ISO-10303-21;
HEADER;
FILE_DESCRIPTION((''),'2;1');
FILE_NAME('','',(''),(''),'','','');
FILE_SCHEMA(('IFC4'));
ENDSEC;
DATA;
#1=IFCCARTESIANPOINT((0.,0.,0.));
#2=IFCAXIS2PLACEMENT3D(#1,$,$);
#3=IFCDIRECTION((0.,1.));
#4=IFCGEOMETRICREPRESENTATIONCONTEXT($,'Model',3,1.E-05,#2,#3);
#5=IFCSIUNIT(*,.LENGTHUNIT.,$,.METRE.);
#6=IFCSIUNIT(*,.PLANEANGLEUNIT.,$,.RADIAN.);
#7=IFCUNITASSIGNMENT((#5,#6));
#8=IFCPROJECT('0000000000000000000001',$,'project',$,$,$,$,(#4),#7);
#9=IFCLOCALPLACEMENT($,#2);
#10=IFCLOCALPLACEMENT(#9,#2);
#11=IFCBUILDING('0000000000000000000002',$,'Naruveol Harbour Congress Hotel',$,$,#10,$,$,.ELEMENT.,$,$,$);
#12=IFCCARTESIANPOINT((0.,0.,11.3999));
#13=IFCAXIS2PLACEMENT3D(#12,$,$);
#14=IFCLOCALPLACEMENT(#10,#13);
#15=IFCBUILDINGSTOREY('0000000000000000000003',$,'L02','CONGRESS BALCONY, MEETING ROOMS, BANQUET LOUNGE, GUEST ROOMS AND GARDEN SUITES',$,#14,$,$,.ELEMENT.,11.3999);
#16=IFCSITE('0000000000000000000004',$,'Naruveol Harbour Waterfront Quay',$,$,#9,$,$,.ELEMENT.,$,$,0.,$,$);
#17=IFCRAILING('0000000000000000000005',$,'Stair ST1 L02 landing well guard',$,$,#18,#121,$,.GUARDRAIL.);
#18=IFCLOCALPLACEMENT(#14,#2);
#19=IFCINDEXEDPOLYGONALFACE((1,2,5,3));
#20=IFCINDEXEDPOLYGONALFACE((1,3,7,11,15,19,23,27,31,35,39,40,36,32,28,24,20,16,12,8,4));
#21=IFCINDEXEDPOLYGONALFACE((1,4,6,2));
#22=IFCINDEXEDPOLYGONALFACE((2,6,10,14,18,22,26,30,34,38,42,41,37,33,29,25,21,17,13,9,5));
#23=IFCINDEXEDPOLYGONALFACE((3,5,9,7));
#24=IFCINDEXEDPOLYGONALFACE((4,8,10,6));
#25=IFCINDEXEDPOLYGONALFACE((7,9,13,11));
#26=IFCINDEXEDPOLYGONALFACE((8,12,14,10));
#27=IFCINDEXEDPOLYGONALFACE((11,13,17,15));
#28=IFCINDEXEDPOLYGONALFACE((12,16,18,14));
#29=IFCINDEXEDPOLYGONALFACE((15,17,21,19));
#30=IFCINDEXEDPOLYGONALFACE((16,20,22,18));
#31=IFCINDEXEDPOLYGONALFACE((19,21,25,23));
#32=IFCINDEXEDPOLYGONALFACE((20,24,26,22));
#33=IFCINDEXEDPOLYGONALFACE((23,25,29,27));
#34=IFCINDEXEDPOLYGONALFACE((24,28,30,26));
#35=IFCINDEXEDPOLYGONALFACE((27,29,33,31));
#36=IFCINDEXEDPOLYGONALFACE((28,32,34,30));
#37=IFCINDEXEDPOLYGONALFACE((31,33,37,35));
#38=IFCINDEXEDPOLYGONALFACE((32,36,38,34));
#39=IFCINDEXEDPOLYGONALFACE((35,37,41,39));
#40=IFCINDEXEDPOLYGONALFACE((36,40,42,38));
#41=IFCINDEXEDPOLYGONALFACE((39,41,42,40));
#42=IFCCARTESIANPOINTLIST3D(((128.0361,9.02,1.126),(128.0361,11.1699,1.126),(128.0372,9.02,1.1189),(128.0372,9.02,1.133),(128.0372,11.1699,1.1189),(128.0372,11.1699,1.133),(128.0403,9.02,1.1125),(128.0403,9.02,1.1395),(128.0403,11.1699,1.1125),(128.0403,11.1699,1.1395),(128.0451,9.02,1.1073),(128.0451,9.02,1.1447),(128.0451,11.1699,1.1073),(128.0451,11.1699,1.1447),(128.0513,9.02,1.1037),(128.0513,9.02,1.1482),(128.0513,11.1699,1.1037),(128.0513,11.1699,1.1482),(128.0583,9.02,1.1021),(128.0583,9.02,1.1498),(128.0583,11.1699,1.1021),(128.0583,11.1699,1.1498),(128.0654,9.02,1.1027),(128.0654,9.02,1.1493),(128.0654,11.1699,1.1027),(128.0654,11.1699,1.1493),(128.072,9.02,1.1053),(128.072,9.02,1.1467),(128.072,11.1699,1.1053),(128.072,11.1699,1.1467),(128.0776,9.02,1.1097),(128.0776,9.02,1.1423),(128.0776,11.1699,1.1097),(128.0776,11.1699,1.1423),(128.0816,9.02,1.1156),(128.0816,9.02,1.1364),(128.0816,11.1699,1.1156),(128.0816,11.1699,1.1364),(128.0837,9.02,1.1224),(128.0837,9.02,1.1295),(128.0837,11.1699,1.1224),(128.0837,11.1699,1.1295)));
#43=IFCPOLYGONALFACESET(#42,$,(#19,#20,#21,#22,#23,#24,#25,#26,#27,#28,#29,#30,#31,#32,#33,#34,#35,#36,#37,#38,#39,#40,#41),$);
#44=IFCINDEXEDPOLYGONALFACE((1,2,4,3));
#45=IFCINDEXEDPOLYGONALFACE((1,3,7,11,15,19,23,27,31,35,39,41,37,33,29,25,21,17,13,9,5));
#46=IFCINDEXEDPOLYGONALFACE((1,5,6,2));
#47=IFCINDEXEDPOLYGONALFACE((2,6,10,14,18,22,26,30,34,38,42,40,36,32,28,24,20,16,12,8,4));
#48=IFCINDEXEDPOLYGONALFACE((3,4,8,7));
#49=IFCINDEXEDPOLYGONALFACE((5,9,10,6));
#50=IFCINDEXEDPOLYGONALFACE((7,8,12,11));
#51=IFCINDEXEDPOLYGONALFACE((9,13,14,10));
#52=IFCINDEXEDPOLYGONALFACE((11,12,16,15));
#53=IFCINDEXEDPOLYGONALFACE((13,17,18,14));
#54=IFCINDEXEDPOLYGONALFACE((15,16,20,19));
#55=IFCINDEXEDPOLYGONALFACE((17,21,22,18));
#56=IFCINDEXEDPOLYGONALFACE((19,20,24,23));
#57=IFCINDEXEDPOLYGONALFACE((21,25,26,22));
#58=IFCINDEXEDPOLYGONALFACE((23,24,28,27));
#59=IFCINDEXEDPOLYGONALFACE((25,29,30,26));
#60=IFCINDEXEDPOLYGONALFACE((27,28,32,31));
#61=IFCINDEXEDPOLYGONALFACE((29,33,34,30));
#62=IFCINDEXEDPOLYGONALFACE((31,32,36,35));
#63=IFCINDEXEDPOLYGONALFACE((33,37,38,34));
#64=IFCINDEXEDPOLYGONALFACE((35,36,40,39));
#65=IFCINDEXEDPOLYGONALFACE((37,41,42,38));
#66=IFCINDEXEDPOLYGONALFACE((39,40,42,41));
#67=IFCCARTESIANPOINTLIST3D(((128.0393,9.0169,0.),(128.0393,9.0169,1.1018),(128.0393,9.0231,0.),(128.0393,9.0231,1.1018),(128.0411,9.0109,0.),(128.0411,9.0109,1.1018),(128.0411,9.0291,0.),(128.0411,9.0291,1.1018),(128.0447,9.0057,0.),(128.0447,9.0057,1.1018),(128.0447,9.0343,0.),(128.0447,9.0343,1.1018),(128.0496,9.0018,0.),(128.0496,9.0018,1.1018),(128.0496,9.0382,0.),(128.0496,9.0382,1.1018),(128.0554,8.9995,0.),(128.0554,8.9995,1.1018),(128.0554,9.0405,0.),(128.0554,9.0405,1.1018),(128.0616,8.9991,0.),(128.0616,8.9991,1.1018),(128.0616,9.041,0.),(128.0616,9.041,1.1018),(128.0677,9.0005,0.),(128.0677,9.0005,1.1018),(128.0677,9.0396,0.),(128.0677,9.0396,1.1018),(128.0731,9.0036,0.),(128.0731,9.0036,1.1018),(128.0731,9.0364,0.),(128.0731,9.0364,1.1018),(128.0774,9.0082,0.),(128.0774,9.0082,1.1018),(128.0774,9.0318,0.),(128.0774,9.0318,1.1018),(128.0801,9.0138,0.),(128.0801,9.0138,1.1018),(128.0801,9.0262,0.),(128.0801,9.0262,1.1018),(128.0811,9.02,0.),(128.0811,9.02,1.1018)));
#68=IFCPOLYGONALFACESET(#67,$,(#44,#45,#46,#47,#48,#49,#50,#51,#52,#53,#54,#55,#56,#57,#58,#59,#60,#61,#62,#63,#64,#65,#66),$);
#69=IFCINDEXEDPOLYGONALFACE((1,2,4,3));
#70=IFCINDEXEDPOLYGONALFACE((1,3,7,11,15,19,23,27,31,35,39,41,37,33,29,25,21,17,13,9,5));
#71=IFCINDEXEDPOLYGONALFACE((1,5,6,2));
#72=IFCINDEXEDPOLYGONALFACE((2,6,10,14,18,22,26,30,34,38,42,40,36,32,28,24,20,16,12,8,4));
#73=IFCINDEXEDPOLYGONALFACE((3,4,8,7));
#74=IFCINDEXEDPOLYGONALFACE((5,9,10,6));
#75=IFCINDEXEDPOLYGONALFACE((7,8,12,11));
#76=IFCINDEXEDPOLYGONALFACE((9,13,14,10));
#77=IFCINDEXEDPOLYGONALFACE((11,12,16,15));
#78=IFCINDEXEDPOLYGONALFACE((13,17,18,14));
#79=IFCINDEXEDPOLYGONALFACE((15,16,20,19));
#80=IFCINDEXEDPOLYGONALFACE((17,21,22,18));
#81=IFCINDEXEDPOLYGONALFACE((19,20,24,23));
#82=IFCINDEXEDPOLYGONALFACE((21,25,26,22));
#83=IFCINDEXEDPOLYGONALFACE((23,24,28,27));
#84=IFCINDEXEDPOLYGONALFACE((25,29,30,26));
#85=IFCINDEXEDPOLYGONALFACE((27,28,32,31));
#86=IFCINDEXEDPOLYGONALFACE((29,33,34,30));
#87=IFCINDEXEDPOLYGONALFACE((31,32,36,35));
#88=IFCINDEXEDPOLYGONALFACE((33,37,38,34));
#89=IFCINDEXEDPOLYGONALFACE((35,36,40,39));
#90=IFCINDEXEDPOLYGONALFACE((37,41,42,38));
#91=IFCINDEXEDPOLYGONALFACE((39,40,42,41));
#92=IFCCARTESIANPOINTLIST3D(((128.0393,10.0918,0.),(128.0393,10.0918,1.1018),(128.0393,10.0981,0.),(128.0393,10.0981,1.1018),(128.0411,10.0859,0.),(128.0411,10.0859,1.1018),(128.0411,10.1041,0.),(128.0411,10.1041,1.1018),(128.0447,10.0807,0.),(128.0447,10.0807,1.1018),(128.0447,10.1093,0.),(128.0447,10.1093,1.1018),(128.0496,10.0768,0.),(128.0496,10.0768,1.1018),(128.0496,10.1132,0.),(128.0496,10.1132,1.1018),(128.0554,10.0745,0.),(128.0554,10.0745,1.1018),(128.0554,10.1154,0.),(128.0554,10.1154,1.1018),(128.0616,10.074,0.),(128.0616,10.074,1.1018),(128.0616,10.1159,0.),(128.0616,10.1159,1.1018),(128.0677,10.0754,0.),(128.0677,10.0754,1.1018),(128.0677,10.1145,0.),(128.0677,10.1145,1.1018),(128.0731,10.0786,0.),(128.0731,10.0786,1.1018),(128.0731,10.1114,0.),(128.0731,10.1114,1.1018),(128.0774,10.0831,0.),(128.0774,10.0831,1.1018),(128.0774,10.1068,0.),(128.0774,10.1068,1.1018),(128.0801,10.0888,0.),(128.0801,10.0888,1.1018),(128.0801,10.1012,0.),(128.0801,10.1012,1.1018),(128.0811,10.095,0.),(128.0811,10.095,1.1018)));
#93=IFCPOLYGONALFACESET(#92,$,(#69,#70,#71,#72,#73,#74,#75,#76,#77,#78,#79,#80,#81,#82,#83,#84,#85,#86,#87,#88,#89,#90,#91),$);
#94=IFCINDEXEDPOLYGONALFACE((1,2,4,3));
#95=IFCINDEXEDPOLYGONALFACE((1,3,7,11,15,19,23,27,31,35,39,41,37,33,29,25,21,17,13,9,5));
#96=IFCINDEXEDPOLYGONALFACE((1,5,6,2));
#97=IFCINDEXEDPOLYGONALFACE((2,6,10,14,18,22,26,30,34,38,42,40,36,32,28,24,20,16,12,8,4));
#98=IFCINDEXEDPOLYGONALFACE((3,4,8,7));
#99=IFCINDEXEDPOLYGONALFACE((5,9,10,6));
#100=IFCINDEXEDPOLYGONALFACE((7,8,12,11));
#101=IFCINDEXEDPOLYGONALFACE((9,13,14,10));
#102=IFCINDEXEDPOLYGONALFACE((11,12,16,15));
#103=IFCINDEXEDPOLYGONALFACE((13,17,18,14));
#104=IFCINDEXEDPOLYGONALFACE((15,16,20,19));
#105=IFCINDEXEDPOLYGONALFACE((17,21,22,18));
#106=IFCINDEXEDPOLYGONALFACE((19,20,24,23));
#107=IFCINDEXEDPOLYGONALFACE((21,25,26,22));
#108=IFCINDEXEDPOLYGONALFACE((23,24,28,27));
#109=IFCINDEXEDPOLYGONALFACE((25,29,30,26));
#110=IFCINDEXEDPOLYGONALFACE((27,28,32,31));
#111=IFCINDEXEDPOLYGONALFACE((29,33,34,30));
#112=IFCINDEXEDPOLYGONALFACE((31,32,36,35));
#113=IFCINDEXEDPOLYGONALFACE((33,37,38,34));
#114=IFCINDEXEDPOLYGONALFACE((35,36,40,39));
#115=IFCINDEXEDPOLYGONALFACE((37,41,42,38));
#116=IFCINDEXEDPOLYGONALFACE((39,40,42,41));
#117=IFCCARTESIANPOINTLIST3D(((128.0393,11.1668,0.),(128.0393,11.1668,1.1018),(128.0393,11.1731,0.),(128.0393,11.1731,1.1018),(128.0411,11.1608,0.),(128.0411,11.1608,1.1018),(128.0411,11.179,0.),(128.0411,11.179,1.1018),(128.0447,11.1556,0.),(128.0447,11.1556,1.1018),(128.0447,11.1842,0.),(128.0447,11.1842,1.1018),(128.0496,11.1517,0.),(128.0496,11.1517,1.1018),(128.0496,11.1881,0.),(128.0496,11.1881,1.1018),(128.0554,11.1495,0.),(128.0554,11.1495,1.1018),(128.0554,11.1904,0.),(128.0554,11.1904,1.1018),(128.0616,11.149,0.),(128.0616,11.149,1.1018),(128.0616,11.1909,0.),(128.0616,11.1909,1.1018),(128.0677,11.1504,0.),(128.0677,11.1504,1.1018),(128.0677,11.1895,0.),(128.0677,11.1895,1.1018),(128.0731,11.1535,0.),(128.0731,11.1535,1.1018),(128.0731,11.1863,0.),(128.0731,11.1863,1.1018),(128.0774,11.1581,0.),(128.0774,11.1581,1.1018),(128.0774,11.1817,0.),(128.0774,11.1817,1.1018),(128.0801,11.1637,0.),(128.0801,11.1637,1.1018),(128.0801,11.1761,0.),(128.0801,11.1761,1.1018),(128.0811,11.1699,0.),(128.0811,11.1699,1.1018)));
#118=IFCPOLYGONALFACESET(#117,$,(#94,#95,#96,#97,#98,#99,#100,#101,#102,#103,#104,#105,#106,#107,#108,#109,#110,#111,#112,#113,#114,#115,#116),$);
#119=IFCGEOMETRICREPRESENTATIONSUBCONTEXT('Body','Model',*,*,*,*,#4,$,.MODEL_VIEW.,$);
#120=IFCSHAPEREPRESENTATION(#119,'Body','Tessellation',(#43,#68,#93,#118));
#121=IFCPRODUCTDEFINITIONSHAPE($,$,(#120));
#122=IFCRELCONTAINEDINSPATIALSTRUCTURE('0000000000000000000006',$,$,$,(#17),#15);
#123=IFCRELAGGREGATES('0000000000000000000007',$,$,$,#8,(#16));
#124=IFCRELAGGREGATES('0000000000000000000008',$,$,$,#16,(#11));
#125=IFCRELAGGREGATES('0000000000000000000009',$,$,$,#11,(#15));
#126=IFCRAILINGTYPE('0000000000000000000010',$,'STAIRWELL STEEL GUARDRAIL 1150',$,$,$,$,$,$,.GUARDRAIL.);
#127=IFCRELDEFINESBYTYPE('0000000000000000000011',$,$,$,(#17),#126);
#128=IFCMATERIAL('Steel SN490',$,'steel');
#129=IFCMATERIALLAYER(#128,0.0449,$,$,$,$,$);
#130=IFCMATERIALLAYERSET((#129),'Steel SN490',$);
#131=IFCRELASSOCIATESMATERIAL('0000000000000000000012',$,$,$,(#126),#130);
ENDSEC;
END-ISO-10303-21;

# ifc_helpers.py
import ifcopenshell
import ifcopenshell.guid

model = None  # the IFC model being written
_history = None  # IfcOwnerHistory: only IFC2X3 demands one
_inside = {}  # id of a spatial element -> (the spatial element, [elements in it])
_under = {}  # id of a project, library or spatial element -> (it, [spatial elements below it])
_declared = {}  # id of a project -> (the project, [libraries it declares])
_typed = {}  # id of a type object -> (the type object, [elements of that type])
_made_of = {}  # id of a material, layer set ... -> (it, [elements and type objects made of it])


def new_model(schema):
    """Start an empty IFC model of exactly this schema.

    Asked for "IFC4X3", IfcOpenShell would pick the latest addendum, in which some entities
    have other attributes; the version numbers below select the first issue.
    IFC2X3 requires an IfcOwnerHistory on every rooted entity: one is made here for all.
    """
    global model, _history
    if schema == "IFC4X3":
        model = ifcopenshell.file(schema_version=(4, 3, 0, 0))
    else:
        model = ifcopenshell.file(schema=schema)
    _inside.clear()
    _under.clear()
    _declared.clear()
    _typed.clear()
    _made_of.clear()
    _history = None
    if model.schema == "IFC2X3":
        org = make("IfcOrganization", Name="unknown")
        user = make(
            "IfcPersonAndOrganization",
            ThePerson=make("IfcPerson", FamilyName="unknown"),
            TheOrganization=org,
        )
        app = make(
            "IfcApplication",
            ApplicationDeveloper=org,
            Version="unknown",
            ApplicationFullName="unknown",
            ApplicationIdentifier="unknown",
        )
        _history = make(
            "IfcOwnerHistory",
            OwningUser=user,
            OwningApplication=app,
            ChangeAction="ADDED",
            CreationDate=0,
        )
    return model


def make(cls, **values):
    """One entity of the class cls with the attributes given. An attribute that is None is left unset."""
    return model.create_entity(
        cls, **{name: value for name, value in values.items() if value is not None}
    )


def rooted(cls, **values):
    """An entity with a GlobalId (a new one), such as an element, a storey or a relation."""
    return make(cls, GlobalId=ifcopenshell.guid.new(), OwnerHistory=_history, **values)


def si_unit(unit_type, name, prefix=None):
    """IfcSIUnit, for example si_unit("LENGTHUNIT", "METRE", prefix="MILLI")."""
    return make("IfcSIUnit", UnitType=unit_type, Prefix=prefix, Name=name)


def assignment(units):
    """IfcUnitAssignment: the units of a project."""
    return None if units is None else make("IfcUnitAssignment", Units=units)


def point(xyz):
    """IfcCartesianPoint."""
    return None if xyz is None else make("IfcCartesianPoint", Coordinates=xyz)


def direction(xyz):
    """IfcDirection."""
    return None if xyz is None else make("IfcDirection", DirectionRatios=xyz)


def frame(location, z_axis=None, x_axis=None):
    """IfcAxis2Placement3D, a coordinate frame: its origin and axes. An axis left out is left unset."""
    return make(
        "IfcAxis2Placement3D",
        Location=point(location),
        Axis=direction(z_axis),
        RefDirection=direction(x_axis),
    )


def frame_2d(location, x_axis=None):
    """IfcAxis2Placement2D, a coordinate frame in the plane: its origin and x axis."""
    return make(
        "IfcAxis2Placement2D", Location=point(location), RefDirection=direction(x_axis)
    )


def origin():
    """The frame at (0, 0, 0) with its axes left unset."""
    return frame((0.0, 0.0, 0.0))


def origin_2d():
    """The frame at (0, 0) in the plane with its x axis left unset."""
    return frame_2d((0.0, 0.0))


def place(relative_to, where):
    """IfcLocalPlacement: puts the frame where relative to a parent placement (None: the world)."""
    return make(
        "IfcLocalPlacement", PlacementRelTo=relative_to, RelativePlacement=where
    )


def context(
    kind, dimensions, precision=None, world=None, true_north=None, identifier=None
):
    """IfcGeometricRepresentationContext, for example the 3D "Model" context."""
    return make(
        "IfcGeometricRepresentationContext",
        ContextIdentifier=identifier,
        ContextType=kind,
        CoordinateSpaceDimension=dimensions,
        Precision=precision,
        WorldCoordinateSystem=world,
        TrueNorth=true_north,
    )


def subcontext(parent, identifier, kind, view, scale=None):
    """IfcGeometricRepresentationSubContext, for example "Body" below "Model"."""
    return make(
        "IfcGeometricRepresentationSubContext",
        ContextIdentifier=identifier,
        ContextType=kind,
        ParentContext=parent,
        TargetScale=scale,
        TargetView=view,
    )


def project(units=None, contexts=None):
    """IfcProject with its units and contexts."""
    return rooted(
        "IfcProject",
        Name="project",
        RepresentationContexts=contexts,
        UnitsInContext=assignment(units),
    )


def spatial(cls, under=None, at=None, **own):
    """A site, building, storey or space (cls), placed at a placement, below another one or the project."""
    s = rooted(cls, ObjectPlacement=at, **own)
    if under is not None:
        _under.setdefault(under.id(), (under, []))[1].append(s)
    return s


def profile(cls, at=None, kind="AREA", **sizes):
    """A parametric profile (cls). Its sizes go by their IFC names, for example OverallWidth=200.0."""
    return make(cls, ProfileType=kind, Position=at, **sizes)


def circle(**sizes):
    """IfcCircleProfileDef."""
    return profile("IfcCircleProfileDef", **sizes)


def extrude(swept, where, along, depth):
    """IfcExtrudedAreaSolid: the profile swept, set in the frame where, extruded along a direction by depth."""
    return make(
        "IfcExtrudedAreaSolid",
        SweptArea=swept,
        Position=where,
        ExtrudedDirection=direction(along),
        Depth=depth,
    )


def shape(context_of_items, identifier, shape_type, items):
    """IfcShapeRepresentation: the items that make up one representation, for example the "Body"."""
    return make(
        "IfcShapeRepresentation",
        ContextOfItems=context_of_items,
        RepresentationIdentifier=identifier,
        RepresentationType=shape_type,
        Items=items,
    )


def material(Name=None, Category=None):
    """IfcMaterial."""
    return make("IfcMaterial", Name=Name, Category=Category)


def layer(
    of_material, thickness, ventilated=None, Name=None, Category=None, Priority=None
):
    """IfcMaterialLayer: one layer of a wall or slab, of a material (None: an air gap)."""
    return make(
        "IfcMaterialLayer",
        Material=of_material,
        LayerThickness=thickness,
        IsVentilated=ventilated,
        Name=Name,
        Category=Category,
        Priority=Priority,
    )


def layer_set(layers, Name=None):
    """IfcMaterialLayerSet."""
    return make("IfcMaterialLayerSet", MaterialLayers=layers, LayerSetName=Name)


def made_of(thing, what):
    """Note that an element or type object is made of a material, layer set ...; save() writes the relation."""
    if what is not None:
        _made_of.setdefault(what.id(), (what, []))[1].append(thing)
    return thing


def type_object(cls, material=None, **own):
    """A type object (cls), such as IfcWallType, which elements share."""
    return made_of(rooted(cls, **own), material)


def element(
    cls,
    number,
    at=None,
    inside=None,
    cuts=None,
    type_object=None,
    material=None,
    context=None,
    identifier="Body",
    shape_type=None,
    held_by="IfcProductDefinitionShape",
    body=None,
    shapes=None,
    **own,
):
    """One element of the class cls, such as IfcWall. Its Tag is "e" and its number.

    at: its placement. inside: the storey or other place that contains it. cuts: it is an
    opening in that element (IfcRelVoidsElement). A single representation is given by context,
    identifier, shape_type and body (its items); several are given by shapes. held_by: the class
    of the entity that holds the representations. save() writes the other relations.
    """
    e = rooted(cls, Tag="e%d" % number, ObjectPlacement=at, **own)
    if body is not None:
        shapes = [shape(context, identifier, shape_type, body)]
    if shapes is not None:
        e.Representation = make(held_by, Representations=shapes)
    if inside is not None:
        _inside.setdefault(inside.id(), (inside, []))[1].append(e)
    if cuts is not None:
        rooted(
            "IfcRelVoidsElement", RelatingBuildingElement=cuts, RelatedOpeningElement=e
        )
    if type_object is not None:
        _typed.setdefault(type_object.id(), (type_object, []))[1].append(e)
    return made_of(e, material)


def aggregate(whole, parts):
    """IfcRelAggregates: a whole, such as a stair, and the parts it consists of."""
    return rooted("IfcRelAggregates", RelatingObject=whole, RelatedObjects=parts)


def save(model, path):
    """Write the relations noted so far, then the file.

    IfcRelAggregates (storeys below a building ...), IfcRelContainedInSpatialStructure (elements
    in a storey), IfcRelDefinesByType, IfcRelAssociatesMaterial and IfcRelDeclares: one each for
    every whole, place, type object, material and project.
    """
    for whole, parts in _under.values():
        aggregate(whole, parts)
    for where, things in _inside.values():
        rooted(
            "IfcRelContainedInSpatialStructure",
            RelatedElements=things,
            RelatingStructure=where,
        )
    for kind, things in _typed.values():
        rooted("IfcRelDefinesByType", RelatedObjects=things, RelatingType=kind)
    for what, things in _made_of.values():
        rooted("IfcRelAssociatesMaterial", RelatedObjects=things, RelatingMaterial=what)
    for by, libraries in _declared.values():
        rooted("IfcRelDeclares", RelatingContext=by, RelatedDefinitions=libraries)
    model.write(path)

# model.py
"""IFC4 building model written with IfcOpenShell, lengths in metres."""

from ifc_helpers import new_model, si_unit, direction, frame, origin, origin_2d, place, context, subcontext, project, spatial, circle, extrude, material, layer, layer_set, type_object, element, save


model = new_model("IFC4")

# Units and contexts
model_context = context("Model", 3, precision=1e-05, world=origin(), true_north=direction((0.0, 1.0)))
body_context = subcontext(model_context, "Body", "Model", "MODEL_VIEW")
ifc_project = project(units=[si_unit("LENGTHUNIT", "METRE"), si_unit("PLANEANGLEUNIT", "RADIAN")], contexts=[model_context])

# Site, building, storey
site_placement = place(None, origin())
site = spatial("IfcSite", under=ifc_project, at=site_placement, Name="Naruveol Harbour Waterfront Quay", CompositionType="ELEMENT", RefElevation=0.0)
building_placement = place(site_placement, origin())
building = spatial("IfcBuilding", under=site, at=building_placement, Name="Naruveol Harbour Congress Hotel", CompositionType="ELEMENT")
storey_placement = place(building_placement, frame((0.0, 0.0, 11.3999)))
storey = spatial("IfcBuildingStorey", under=building, at=storey_placement, Name="L02", Description="CONGRESS BALCONY, MEETING ROOMS, BANQUET LOUNGE, GUEST ROOMS AND GARDEN SUITES", CompositionType="ELEMENT", Elevation=11.3999)

# Railing
ifc_material_1 = material(Name="Steel SN490", Category="steel")
ifc_layer_1 = layer(ifc_material_1, 0.0449)
ifc_layer_set_1 = layer_set([ifc_layer_1], Name="Steel SN490")
railing_type_1 = type_object("IfcRailingType", Name="STAIRWELL STEEL GUARDRAIL 1150", PredefinedType="GUARDRAIL", material=ifc_layer_set_1)
railing_1_placement = place(storey_placement, frame((128.0601, 9.02, 0.0)))
element("IfcRailing", 1, at=railing_1_placement, inside=storey, type_object=railing_type_1, Name="Stair ST1 L02 landing well guard", PredefinedType="GUARDRAIL", context=body_context, shape_type="SweptSolid", body=[
    extrude(circle(Radius=0.0239, at=origin_2d()), frame((0.0, 0.0, 1.126), z_axis=(0.0, 1.0, 0.0), x_axis=(-1.0, 0.0, 0.0)), (0.0, 0.0, 1.0), 2.1499),
    extrude(circle(Radius=0.021, at=origin_2d()), origin(), (0.0, 0.0, 1.0), 1.1018),
    extrude(circle(Radius=0.021, at=origin_2d()), frame((0.0, 1.075, 0.0)), (0.0, 0.0, 1.0), 1.1018),
    extrude(circle(Radius=0.021, at=origin_2d()), frame((0.0, 2.1499, 0.0)), (0.0, 0.0, 1.0), 1.1018),
])

save(model, "model.ifc")
